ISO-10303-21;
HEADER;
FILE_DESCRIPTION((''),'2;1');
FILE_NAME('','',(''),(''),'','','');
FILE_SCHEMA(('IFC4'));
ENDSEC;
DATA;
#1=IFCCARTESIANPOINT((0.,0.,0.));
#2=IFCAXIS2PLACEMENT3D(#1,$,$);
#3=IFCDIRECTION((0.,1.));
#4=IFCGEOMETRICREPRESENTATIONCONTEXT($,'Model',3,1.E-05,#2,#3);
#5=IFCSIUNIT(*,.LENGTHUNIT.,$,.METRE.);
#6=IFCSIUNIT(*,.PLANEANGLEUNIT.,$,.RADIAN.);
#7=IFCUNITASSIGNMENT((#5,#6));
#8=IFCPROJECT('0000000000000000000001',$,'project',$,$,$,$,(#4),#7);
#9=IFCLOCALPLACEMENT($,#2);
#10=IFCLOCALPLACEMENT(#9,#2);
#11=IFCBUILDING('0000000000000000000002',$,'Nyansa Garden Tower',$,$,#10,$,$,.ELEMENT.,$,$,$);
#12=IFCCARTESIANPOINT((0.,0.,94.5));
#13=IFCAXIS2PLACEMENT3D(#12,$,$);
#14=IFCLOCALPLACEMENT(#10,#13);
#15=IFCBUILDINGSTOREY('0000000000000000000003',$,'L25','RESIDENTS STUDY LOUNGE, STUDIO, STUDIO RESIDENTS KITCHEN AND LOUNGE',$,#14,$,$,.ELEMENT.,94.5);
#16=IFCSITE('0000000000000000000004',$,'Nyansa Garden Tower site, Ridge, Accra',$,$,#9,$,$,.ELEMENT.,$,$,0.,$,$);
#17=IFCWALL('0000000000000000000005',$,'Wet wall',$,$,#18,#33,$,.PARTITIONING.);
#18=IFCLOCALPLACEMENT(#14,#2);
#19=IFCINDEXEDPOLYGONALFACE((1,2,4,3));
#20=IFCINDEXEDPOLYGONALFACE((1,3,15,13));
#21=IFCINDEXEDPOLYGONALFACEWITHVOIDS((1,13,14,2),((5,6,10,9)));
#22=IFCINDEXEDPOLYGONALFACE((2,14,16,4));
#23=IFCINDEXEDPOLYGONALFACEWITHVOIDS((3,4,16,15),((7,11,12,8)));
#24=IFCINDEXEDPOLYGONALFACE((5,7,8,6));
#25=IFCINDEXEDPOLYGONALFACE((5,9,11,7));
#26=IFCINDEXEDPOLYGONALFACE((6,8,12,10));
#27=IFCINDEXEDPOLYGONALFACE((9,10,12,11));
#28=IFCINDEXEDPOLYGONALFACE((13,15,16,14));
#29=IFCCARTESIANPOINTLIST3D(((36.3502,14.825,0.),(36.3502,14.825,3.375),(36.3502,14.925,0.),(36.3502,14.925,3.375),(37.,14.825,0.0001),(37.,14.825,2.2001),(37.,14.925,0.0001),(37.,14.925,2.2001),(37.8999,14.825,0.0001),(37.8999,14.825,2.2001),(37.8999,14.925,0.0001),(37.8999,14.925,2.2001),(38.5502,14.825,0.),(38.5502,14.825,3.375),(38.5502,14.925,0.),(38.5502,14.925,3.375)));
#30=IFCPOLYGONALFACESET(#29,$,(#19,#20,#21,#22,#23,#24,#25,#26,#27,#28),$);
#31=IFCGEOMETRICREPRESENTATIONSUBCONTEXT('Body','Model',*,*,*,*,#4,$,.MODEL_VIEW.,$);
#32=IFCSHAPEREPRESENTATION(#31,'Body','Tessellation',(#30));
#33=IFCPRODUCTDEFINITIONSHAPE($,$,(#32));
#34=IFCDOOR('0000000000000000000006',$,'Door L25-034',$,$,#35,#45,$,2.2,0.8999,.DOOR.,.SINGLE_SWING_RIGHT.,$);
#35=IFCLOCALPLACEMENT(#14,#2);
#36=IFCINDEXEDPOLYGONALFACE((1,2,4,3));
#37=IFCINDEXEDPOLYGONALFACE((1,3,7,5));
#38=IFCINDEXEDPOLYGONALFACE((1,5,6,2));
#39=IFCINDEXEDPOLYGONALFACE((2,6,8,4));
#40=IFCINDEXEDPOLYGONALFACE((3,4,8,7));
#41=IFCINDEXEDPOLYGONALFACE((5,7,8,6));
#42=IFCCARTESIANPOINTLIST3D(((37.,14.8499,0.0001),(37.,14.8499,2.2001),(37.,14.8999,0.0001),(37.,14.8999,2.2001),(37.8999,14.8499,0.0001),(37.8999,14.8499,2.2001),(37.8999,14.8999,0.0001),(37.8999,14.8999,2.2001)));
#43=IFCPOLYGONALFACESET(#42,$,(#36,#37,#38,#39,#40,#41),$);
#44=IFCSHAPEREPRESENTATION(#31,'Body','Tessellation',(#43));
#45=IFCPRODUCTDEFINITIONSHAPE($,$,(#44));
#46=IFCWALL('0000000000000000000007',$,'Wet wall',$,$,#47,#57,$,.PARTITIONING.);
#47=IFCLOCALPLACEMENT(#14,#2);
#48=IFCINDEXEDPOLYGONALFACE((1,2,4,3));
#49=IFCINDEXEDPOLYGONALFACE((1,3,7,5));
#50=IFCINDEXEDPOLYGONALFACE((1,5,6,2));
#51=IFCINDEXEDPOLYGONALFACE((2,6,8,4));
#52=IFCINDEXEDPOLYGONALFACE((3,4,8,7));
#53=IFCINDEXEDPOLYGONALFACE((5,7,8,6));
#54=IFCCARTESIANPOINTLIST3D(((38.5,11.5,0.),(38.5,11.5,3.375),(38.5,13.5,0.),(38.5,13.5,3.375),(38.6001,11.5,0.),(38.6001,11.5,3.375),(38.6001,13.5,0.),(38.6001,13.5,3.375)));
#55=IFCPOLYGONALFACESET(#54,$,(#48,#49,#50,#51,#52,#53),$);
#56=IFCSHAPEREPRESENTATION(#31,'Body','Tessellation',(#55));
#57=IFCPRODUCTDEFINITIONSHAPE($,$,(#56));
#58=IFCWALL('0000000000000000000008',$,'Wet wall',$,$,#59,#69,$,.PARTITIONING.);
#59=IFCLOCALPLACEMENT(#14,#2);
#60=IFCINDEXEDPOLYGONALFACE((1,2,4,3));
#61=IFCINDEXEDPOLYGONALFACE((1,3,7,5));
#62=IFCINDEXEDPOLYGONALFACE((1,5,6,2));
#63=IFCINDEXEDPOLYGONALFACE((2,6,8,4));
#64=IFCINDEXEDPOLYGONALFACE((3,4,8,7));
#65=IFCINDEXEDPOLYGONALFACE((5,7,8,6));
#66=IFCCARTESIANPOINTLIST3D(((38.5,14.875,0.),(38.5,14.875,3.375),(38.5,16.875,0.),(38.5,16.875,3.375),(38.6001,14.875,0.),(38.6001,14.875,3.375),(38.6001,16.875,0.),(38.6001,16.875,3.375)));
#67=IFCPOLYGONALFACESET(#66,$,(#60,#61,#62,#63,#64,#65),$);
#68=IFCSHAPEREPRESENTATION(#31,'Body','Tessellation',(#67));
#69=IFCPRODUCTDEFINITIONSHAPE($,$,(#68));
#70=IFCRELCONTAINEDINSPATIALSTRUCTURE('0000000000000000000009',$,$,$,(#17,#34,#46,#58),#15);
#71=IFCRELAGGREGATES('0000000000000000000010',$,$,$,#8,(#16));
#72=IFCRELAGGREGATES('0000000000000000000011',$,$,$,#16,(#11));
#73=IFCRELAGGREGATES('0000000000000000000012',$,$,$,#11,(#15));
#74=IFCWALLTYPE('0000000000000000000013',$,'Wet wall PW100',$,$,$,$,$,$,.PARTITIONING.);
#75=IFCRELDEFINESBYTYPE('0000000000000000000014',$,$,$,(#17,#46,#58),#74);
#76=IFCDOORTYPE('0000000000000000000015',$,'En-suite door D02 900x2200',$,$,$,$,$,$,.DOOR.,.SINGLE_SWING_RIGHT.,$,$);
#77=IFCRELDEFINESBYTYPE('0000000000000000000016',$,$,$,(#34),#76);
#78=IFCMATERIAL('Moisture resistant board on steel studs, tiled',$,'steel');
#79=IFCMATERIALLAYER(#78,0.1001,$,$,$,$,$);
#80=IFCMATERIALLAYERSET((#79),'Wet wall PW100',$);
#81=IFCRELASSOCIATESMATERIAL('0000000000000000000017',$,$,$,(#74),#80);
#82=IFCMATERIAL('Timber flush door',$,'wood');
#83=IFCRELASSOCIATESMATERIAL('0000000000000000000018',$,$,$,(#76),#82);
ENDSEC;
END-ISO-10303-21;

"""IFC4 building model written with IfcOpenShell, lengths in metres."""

from ifc_helpers import new_model, si_unit, direction, frame, frame_2d, origin, place, context, subcontext, project, spatial, rectangle, extrude, material, layer, layer_set, type_object, element, fill, save


model = new_model("IFC4")

# Units and contexts
model_context = context("Model", 3, precision=1e-05, world=origin(), true_north=direction((0.0, 1.0)))
body_context = subcontext(model_context, "Body", "Model", "MODEL_VIEW")
ifc_project = project(units=[si_unit("LENGTHUNIT", "METRE"), si_unit("PLANEANGLEUNIT", "RADIAN")], contexts=[model_context])

# Site, building, storey
site_placement = place(None, origin())
site = spatial("IfcSite", under=ifc_project, at=site_placement, Name="Nyansa Garden Tower site, Ridge, Accra", CompositionType="ELEMENT", RefElevation=0.0)
building_placement = place(site_placement, origin())
building = spatial("IfcBuilding", under=site, at=building_placement, Name="Nyansa Garden Tower", CompositionType="ELEMENT")
storey_placement = place(building_placement, frame((0.0, 0.0, 94.5)))
storey = spatial("IfcBuildingStorey", under=building, at=storey_placement, Name="L25", Description="RESIDENTS STUDY LOUNGE, STUDIO, STUDIO RESIDENTS KITCHEN AND LOUNGE", CompositionType="ELEMENT", Elevation=94.5)

# Wall, opening, door
ifc_material_1 = material(Name="Moisture resistant board on steel studs, tiled", Category="steel")
ifc_layer_1 = layer(ifc_material_1, 0.1001)
ifc_layer_set_1 = layer_set([ifc_layer_1], Name="Wet wall PW100")
wall_type_1 = type_object("IfcWallType", Name="Wet wall PW100", PredefinedType="PARTITIONING", material=ifc_layer_set_1)
ifc_material_2 = material(Name="Timber flush door", Category="wood")
door_type_1 = type_object("IfcDoorType", Name="En-suite door D02 900x2200", OperationType="SINGLE_SWING_RIGHT", PredefinedType="DOOR", material=ifc_material_2)
wall_1_placement = place(storey_placement, frame((36.3501, 14.875, 0.0), z_axis=(0.0, 0.0, 1.0), x_axis=(1.0, 0.0, 0.0)))
wall_1 = element("IfcWall", 1, at=wall_1_placement, inside=storey, type_object=wall_type_1, Name="Wet wall", PredefinedType="PARTITIONING", context=body_context, shape_type="SweptSolid", body=[
    extrude(rectangle(XDim=2.2, YDim=0.1001, at=frame_2d((1.1001, 0.0))), origin(), (0.0, 0.0, 1.0), 3.375),
])
opening_1_placement = place(wall_1_placement, frame((0.6499, 0.0, 0.0)))
opening_1 = element("IfcOpeningElement", 2, at=opening_1_placement, cuts=wall_1, PredefinedType="OPENING", context=body_context, shape_type="SweptSolid", body=[
    extrude(rectangle(XDim=0.8999, YDim=2.2, at=frame_2d((0.45, 1.1001))), frame((0.0, 0.0601, 0.0), z_axis=(0.0, -1.0, 0.0), x_axis=(1.0, 0.0, 0.0)), (0.0, 0.0, 1.0), 0.1201),
])
door_1_placement = place(opening_1_placement, origin())
door_1 = element("IfcDoor", 3, at=door_1_placement, inside=storey, type_object=door_type_1, Name="Door L25-034", OperationType="SINGLE_SWING_RIGHT", OverallHeight=2.2, OverallWidth=0.8999, PredefinedType="DOOR", context=body_context, shape_type="SweptSolid", body=[
    extrude(rectangle(XDim=0.8999, YDim=2.2, at=frame_2d((0.45, 1.1001))), frame((0.0, 0.0249, 0.0), z_axis=(0.0, -1.0, 0.0), x_axis=(1.0, 0.0, 0.0)), (0.0, 0.0, 1.0), 0.05),
])
fill(opening_1, door_1)

# Walls
for number, where, z_axis, x_axis, name in (
    (4, (38.55, 11.5, 0.0), (0.0, 0.0, 1.0), (0.0, 1.0, 0.0), "Wet wall"),
    (5, (38.55, 14.875, 0.0), (0.0, 0.0, 1.0), (0.0, 1.0, 0.0), "Wet wall"),
):
    element("IfcWall", number, at=place(storey_placement, frame(where, z_axis=z_axis, x_axis=x_axis)), inside=storey, type_object=wall_type_1, Name=name, PredefinedType="PARTITIONING", context=body_context, shape_type="SweptSolid", body=[
        extrude(rectangle(XDim=2.0, YDim=0.1001, at=frame_2d((1.0, 0.0))), origin(), (0.0, 0.0, 1.0), 3.375),
    ])

save(model, "model.ifc")
